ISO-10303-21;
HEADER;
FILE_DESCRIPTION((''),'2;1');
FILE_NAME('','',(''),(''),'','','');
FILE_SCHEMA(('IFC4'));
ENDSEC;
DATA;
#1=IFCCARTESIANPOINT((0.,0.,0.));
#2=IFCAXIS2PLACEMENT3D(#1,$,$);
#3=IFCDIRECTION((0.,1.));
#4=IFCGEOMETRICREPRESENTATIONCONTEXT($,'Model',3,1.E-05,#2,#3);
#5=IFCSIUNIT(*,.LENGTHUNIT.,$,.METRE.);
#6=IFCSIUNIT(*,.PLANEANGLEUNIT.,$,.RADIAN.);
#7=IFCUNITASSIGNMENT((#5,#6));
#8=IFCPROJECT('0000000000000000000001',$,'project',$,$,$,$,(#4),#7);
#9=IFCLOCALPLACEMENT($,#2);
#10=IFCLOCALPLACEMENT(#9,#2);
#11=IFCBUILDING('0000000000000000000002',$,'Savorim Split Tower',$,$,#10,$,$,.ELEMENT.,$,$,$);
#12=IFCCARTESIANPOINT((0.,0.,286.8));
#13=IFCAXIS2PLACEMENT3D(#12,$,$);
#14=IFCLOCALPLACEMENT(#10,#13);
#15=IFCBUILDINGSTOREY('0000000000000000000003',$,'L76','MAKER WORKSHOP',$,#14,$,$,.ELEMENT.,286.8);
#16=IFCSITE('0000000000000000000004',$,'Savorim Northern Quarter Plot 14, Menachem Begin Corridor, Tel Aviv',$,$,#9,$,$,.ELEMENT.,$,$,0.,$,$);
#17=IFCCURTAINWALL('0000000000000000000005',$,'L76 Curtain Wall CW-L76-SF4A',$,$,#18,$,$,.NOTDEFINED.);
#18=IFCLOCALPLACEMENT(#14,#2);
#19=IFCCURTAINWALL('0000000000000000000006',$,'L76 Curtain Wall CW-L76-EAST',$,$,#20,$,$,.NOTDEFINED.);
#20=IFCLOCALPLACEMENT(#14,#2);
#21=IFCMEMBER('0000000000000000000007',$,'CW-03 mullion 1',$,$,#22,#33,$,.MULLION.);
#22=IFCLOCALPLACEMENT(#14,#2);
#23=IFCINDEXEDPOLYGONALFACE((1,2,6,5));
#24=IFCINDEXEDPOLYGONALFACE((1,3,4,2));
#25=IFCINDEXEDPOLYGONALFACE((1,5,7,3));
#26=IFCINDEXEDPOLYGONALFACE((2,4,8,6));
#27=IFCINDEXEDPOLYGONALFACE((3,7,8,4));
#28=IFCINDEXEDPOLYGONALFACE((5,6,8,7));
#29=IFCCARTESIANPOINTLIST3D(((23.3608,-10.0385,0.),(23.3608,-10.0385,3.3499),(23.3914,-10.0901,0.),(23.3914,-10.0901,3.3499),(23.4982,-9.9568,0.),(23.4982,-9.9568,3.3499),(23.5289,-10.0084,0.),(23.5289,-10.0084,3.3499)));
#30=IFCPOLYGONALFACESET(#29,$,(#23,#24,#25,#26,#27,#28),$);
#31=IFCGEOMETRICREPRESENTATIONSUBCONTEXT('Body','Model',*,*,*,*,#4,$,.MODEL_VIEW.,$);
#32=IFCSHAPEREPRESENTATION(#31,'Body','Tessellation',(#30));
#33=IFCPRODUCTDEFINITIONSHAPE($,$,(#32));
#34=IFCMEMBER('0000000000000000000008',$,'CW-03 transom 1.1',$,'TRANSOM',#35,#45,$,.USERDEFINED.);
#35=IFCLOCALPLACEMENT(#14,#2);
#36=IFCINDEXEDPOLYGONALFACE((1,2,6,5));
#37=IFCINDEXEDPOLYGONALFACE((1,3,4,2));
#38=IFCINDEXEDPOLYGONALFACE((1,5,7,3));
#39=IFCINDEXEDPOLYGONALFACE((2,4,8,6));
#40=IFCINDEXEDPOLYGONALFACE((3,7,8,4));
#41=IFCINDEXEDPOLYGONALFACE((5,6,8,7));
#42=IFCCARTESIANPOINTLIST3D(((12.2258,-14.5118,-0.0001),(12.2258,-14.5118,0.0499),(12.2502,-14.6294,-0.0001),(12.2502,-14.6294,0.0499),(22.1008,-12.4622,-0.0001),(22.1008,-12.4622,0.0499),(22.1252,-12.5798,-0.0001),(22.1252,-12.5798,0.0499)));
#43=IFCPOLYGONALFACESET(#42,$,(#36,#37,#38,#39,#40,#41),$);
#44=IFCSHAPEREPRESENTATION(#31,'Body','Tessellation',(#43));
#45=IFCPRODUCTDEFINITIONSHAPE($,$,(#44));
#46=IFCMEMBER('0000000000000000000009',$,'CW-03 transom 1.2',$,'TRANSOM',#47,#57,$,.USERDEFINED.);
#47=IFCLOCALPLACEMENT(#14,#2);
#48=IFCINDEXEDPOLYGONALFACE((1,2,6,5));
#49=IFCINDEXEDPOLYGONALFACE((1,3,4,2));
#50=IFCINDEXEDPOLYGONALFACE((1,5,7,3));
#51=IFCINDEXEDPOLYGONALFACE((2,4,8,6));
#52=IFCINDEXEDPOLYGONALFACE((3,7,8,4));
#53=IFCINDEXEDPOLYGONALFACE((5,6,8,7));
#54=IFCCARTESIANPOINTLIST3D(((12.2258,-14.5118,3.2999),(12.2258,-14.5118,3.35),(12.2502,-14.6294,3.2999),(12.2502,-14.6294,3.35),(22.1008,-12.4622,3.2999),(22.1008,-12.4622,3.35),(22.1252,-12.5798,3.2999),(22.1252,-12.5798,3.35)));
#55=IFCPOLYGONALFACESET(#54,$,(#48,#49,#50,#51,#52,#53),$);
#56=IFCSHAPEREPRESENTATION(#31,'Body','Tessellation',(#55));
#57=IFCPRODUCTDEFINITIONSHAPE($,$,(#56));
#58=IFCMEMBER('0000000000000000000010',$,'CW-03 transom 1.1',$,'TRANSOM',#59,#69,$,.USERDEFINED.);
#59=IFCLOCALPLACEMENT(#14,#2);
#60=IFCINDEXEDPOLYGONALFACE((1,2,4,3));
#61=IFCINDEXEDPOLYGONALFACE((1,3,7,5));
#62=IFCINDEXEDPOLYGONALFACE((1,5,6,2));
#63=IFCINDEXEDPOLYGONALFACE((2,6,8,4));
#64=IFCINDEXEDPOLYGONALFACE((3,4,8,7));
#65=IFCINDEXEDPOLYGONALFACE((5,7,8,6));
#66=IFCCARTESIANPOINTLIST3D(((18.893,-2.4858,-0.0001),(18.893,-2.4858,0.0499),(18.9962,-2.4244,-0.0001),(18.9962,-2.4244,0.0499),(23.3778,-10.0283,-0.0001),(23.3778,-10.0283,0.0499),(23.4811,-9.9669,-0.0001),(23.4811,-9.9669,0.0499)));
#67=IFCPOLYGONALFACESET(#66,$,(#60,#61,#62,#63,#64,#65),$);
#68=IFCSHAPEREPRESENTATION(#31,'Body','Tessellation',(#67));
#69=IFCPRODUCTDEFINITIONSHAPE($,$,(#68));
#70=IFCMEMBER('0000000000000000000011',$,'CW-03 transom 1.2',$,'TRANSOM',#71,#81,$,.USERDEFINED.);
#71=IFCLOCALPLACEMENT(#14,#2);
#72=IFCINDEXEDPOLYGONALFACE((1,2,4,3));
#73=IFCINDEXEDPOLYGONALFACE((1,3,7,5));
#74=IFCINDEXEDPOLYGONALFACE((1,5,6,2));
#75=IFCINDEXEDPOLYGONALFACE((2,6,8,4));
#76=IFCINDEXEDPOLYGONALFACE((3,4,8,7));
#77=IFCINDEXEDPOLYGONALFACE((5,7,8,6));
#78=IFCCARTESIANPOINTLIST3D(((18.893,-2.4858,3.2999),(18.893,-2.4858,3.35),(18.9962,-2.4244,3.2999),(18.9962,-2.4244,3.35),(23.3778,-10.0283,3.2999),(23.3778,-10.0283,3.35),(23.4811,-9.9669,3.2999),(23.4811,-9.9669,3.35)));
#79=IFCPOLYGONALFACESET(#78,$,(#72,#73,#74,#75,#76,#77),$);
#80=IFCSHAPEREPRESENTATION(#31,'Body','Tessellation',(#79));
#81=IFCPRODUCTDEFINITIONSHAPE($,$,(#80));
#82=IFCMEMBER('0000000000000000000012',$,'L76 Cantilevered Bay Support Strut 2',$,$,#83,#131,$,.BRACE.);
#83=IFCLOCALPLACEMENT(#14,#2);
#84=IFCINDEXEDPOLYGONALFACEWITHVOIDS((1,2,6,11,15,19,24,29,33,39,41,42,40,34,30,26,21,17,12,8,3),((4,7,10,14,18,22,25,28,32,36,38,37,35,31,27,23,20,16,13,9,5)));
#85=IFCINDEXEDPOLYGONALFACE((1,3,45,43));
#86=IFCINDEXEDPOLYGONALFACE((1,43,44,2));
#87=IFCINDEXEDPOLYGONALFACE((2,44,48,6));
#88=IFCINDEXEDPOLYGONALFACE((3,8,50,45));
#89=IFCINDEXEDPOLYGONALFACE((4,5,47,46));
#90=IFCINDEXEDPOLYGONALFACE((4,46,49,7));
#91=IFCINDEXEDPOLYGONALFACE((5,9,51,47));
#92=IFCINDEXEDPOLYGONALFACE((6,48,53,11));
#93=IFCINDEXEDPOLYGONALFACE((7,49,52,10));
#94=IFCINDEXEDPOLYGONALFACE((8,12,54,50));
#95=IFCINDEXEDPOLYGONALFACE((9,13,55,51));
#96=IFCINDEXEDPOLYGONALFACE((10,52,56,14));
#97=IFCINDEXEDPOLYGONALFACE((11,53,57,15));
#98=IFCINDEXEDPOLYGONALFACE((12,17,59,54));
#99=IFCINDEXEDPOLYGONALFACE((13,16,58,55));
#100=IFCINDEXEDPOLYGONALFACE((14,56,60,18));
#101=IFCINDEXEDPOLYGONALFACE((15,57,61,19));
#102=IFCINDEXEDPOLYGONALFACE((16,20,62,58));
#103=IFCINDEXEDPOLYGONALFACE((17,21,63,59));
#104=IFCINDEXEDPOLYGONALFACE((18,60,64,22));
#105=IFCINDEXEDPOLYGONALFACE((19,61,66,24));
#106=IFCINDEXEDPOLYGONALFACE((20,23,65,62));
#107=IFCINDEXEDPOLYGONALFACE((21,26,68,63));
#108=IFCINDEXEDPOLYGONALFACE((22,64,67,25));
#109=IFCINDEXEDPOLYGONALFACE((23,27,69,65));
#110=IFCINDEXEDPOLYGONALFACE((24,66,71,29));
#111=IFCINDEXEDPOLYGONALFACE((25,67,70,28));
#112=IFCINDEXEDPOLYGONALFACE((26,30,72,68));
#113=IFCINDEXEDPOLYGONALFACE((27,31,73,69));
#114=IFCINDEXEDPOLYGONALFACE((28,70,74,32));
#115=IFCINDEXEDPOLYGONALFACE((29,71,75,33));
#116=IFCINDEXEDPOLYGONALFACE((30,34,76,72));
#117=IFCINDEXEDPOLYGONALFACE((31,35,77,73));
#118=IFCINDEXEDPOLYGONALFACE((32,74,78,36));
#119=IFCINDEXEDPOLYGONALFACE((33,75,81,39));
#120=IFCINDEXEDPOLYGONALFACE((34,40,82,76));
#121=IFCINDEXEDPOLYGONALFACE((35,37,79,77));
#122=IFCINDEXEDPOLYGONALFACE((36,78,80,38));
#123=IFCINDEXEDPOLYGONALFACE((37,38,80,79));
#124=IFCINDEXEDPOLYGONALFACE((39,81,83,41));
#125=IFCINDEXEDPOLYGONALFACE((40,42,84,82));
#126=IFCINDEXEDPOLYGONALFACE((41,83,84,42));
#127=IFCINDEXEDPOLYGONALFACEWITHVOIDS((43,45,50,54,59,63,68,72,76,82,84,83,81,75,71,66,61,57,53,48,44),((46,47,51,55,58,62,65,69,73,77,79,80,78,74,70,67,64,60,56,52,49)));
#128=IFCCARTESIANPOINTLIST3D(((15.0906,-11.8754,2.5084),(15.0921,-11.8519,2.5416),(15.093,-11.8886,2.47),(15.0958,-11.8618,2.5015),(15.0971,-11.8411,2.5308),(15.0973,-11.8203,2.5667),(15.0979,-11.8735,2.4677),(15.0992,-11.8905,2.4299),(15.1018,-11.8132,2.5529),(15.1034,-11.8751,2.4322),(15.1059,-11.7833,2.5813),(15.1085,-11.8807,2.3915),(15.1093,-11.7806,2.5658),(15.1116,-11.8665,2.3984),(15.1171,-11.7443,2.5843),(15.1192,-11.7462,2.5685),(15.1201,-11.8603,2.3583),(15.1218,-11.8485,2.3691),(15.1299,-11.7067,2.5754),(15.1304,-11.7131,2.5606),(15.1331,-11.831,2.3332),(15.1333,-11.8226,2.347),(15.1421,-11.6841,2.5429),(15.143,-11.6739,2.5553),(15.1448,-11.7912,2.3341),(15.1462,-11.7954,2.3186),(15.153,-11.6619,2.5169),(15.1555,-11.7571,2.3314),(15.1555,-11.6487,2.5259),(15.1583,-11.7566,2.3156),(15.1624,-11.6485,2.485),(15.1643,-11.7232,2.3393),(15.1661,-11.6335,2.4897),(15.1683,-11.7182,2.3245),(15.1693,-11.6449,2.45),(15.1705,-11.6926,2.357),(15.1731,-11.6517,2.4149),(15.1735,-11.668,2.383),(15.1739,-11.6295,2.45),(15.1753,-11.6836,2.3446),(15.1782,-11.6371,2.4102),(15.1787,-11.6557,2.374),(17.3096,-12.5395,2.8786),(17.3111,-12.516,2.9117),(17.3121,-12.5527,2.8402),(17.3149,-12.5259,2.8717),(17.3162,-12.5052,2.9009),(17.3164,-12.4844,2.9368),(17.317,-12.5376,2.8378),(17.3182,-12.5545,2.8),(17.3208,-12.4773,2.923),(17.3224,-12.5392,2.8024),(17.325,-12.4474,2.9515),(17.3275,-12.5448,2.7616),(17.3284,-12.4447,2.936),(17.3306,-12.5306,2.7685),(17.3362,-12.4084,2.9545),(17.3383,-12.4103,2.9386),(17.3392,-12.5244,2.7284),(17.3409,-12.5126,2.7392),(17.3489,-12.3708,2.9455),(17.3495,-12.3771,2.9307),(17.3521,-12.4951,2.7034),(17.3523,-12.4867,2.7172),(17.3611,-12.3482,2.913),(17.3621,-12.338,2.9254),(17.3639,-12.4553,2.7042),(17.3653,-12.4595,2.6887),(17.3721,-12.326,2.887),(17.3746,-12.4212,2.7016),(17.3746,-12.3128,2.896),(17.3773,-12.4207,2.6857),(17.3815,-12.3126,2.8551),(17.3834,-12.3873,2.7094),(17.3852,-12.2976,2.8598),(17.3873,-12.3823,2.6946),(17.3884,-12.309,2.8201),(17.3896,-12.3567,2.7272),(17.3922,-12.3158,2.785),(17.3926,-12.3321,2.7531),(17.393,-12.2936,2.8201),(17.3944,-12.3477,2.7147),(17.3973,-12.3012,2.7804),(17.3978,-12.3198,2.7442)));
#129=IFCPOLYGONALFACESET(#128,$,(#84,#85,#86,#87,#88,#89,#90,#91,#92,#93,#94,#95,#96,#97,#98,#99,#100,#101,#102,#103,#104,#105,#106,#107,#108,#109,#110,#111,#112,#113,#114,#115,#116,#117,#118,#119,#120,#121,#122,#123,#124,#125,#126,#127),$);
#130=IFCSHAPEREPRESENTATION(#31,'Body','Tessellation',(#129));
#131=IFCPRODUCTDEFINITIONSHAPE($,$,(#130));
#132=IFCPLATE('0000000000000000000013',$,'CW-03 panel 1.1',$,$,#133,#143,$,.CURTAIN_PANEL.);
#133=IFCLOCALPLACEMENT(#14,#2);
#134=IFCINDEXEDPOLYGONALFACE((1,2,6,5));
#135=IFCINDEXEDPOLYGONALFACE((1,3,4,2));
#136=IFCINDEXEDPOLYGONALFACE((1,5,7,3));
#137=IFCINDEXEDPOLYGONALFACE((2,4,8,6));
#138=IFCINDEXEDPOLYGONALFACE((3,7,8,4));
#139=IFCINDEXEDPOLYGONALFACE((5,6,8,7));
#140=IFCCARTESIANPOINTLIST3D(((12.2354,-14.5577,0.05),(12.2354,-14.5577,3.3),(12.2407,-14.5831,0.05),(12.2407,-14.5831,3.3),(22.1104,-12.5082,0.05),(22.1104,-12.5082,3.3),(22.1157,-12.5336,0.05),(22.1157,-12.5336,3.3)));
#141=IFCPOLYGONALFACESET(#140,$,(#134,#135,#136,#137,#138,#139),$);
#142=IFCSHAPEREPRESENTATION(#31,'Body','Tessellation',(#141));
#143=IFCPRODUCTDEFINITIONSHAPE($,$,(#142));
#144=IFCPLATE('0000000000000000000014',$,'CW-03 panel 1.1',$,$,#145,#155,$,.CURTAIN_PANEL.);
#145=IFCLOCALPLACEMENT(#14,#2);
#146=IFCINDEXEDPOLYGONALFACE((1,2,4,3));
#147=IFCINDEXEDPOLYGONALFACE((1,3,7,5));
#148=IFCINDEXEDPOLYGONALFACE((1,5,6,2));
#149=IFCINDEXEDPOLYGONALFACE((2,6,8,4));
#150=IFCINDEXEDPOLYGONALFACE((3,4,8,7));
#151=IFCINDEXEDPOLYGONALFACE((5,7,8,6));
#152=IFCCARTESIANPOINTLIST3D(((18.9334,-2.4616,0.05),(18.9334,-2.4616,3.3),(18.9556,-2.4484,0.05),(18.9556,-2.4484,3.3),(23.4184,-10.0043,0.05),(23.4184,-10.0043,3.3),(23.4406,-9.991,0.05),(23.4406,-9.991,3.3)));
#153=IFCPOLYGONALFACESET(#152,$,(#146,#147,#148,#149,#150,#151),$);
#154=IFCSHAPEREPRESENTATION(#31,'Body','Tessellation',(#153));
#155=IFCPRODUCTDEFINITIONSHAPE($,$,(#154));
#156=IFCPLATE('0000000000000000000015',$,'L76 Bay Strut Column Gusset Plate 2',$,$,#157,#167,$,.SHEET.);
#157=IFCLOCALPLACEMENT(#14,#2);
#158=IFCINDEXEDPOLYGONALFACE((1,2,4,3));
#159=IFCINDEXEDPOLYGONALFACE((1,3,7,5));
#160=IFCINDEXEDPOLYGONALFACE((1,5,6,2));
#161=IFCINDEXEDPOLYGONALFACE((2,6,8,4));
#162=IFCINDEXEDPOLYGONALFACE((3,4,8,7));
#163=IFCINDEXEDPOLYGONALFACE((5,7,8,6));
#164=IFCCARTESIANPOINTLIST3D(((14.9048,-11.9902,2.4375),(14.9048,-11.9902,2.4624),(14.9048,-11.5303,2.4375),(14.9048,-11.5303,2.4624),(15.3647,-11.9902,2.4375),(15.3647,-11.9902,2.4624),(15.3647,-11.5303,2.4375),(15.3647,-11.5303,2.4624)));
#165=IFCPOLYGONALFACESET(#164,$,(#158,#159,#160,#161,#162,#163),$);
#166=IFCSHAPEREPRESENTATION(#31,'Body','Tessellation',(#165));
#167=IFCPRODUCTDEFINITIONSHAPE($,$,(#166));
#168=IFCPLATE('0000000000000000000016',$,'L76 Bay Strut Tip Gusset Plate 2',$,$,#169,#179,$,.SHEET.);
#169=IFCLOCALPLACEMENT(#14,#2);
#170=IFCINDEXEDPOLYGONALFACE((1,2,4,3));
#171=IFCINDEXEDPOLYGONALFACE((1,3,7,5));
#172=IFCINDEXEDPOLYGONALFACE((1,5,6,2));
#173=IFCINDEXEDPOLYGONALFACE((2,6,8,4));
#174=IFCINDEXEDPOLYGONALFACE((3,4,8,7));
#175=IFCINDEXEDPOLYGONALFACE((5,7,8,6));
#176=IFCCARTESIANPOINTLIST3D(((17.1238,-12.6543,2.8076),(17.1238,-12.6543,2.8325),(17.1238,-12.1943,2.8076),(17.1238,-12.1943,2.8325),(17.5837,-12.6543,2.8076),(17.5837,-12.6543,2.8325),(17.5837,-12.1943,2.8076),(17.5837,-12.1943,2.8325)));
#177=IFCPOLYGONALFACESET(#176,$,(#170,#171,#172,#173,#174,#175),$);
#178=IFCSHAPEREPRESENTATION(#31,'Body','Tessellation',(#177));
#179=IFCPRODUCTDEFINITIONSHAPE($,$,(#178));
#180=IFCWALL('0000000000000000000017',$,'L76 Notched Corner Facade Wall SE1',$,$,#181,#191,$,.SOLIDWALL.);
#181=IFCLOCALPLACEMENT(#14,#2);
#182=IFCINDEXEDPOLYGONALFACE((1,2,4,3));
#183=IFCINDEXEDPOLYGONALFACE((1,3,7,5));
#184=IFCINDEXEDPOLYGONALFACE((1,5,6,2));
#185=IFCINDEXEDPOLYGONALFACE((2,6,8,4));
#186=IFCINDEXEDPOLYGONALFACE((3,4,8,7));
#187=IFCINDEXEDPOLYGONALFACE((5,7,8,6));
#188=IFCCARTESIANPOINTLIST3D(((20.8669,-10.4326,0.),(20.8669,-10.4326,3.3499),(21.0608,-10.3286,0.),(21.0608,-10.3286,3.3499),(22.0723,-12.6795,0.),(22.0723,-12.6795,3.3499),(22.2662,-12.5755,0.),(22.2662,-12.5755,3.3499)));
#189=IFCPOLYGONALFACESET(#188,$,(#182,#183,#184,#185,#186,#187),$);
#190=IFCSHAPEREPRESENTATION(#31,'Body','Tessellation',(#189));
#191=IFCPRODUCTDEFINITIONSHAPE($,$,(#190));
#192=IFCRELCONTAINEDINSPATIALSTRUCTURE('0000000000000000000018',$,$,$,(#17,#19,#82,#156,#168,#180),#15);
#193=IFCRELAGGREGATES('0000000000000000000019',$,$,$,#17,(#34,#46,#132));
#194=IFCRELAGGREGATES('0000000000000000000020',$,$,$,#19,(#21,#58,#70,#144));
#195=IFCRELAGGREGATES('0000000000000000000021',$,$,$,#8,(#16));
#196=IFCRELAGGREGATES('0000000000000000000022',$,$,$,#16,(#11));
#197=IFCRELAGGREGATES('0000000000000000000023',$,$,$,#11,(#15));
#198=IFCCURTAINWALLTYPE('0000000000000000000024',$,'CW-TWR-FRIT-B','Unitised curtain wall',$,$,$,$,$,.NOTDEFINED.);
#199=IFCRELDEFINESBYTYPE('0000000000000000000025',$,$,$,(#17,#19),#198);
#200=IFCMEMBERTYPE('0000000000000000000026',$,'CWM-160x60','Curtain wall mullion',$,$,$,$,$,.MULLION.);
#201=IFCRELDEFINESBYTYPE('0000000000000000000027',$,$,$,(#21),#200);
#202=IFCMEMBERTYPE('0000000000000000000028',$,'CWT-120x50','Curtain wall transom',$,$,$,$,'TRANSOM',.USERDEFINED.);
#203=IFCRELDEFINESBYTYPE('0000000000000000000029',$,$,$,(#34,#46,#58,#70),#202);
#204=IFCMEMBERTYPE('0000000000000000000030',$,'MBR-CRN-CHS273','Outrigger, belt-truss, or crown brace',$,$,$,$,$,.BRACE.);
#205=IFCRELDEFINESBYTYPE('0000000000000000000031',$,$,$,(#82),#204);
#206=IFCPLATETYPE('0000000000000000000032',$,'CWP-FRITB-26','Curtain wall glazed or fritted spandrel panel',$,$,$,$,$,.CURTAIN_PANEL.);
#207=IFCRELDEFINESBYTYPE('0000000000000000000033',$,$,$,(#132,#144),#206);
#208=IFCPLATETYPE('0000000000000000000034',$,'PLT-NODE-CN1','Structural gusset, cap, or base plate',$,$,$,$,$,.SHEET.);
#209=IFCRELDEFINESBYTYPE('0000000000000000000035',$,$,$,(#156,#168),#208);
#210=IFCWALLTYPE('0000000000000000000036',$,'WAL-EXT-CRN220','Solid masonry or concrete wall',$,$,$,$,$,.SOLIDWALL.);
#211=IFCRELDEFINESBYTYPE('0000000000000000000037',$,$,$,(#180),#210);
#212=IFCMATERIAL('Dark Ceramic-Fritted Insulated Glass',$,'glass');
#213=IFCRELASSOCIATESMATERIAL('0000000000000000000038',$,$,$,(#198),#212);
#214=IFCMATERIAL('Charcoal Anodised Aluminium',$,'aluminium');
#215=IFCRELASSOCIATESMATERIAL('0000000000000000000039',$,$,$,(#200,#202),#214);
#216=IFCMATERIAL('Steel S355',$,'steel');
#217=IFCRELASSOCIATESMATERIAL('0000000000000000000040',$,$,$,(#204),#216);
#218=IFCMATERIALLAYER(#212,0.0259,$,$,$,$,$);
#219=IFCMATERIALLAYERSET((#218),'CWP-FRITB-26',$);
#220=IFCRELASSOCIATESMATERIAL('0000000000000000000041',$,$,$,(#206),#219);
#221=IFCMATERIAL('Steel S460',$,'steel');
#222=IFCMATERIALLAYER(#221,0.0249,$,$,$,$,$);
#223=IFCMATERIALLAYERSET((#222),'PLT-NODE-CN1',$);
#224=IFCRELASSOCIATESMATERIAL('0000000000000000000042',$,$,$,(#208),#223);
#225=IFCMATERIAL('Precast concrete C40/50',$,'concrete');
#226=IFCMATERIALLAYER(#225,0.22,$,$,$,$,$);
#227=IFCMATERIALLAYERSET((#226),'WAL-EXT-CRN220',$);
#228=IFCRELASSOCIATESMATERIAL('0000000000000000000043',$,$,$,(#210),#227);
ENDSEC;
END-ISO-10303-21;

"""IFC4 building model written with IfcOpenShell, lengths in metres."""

from ifc_helpers import new_model, si_unit, direction, frame, frame_2d, origin, origin_2d, place, context, subcontext, project, spatial, rectangle, hollow_circle, extrude, material, layer, layer_set, material_profile, profile_set, type_object, element, aggregate, save


model = new_model("IFC4")

# Units and contexts
model_context = context("Model", 3, precision=1e-05, world=origin(), true_north=direction((0.0, 1.0)))
body_context = subcontext(model_context, "Body", "Model", "MODEL_VIEW")
ifc_project = project(units=[si_unit("LENGTHUNIT", "METRE"), si_unit("PLANEANGLEUNIT", "RADIAN")], contexts=[model_context])

# Site, building, storey
site_placement = place(None, origin())
site = spatial("IfcSite", under=ifc_project, at=site_placement, Name="Savorim Northern Quarter Plot 14, Menachem Begin Corridor, Tel Aviv", CompositionType="ELEMENT", RefElevation=0.0)
building_placement = place(site_placement, origin())
building = spatial("IfcBuilding", under=site, at=building_placement, Name="Savorim Split Tower", CompositionType="ELEMENT")
storey_placement = place(building_placement, frame((0.0, 0.0, 286.8)))
storey = spatial("IfcBuildingStorey", under=building, at=storey_placement, Name="L76", Description="MAKER WORKSHOP", CompositionType="ELEMENT", Elevation=286.8)

# Shared definitions
ifc_material_1 = material(Name="Steel S355", Category="steel")

# Shared definitions
ifc_material_2 = material(Name="Dark Ceramic-Fritted Insulated Glass", Category="glass")
curtain_wall_type = type_object("IfcCurtainWallType", Name="CW-TWR-FRIT-B", Description="Unitised curtain wall", PredefinedType="NOTDEFINED", material=ifc_material_2)
ifc_material_3 = material(Name="Charcoal Anodised Aluminium", Category="aluminium")
ifc_material_profile_1 = material_profile(ifc_material_3, rectangle(XDim=0.1599, YDim=0.0601, at=origin_2d()), Name="ALU-M 160x60")
ifc_profile_set_1 = profile_set([ifc_material_profile_1], Name="Charcoal Anodised Aluminium")
member_type_1 = type_object("IfcMemberType", Name="CWM-160x60", Description="Curtain wall mullion", PredefinedType="MULLION", material=ifc_profile_set_1)

# Curtain wall
curtain_wall_1_placement = place(storey_placement, origin())
curtain_wall_1 = element("IfcCurtainWall", 1, at=curtain_wall_1_placement, inside=storey, type_object=curtain_wall_type, Name="L76 Curtain Wall CW-L76-SF4A", PredefinedType="NOTDEFINED")

# Curtain wall, member
curtain_wall_2_placement = place(storey_placement, origin())
curtain_wall_2 = element("IfcCurtainWall", 2, at=curtain_wall_2_placement, inside=storey, type_object=curtain_wall_type, Name="L76 Curtain Wall CW-L76-EAST", PredefinedType="NOTDEFINED")
member_1_placement = place(storey_placement, frame((23.4448, -10.0234, 0.0), z_axis=(0.0, 0.0, 1.0), x_axis=(-0.859526, -0.511092, 0.0)))
member_1 = element("IfcMember", 3, at=member_1_placement, type_object=member_type_1, Name="CW-03 mullion 1", PredefinedType="MULLION", context=body_context, shape_type="SweptSolid", body=[
    extrude(rectangle(XDim=0.1599, YDim=0.0601, at=origin_2d()), origin(), (0.0, 0.0, 1.0), 3.3499),
])

# Members
ifc_material_profile_2 = material_profile(ifc_material_3, rectangle(XDim=0.1201, YDim=0.05, at=origin_2d()), Name="ALU-T 120x50")
ifc_profile_set_2 = profile_set([ifc_material_profile_2], Name="Charcoal Anodised Aluminium")
member_type_2 = type_object("IfcMemberType", Name="CWT-120x50", Description="Curtain wall transom", ElementType="TRANSOM", PredefinedType="USERDEFINED", material=ifc_profile_set_2)
member_2_placement = place(storey_placement, frame((12.238, -14.5706, 0.0249), z_axis=(0.979133, 0.20322, 0.0), x_axis=(-0.20322, 0.979133, 0.0)))
member_2 = element("IfcMember", 4, at=member_2_placement, type_object=member_type_2, Name="CW-03 transom 1.1", ObjectType="TRANSOM", PredefinedType="USERDEFINED", context=body_context, shape_type="SweptSolid", body=[
    extrude(rectangle(XDim=0.1201, YDim=0.05, at=origin_2d()), origin(), (0.0, 0.0, 1.0), 10.0854),
])
member_3_placement = place(storey_placement, frame((12.238, -14.5706, 3.325), z_axis=(0.979133, 0.20322, 0.0), x_axis=(-0.20322, 0.979133, 0.0)))
member_3 = element("IfcMember", 5, at=member_3_placement, type_object=member_type_2, Name="CW-03 transom 1.2", ObjectType="TRANSOM", PredefinedType="USERDEFINED", context=body_context, shape_type="SweptSolid", body=[
    extrude(rectangle(XDim=0.1201, YDim=0.05, at=origin_2d()), origin(), (0.0, 0.0, 1.0), 10.0854),
])
member_4_placement = place(storey_placement, frame((23.4294, -9.9976, 0.0249), z_axis=(-0.511088, 0.859529, 0.0), x_axis=(-0.859529, -0.511088, 0.0)))
member_4 = element("IfcMember", 6, at=member_4_placement, type_object=member_type_2, Name="CW-03 transom 1.1", ObjectType="TRANSOM", PredefinedType="USERDEFINED", context=body_context, shape_type="SweptSolid", body=[
    extrude(rectangle(XDim=0.1201, YDim=0.05, at=origin_2d()), origin(), (0.0, 0.0, 1.0), 8.7751),
])
member_5_placement = place(storey_placement, frame((23.4294, -9.9976, 3.325), z_axis=(-0.511088, 0.859529, 0.0), x_axis=(-0.859529, -0.511088, 0.0)))
member_5 = element("IfcMember", 7, at=member_5_placement, type_object=member_type_2, Name="CW-03 transom 1.2", ObjectType="TRANSOM", PredefinedType="USERDEFINED", context=body_context, shape_type="SweptSolid", body=[
    extrude(rectangle(XDim=0.1201, YDim=0.05, at=origin_2d()), origin(), (0.0, 0.0, 1.0), 8.7751),
])
ifc_material_profile_3 = material_profile(ifc_material_1, hollow_circle(Radius=0.1365, WallThickness=0.0161, at=origin_2d()), Name="CHS 273x16")
ifc_profile_set_3 = profile_set([ifc_material_profile_3], Name="Steel S355")
member_type_3 = type_object("IfcMemberType", Name="MBR-CRN-CHS273", Description="Outrigger, belt-truss, or crown brace", PredefinedType="BRACE", material=ifc_profile_set_3)
member_6_placement = place(storey_placement, frame((15.1348, -11.7603, 2.45), z_axis=(0.946019, -0.283108, 0.157791), x_axis=(0.2867, 0.95802, 0.0)))
element("IfcMember", 8, at=member_6_placement, inside=storey, type_object=member_type_3, Name="L76 Cantilevered Bay Support Strut 2", PredefinedType="BRACE", context=body_context, shape_type="SweptSolid", body=[
    extrude(hollow_circle(Radius=0.1365, WallThickness=0.0161, at=origin_2d()), origin(), (0.0, 0.0, 1.0), 2.3457),
])

# Plates
ifc_layer_1 = layer(ifc_material_2, 0.0259)
ifc_layer_set_1 = layer_set([ifc_layer_1], Name="CWP-FRITB-26")
plate_type_1 = type_object("IfcPlateType", Name="CWP-FRITB-26", Description="Curtain wall glazed or fritted spandrel panel", PredefinedType="CURTAIN_PANEL", material=ifc_layer_set_1)
plate_1_placement = place(storey_placement, frame((17.1755, -13.5457, 0.05), z_axis=(0.0, 0.0, 1.0), x_axis=(0.979134, 0.203215, 0.0)))
plate_1 = element("IfcPlate", 9, at=plate_1_placement, type_object=plate_type_1, Name="CW-03 panel 1.1", PredefinedType="CURTAIN_PANEL", context=body_context, shape_type="SweptSolid", body=[
    extrude(rectangle(XDim=10.0854, YDim=0.0259, at=origin_2d()), origin(), (0.0, 0.0, 1.0), 3.25),
])
aggregate(curtain_wall_1, [member_2, member_3, plate_1])
plate_2_placement = place(storey_placement, frame((21.187, -6.2263, 0.05), z_axis=(0.0, 0.0, 1.0), x_axis=(-0.511092, 0.859526, 0.0)))
plate_2 = element("IfcPlate", 10, at=plate_2_placement, type_object=plate_type_1, Name="CW-03 panel 1.1", PredefinedType="CURTAIN_PANEL", context=body_context, shape_type="SweptSolid", body=[
    extrude(rectangle(XDim=8.7754, YDim=0.0259, at=origin_2d()), origin(), (0.0, 0.0, 1.0), 3.25),
])
aggregate(curtain_wall_2, [member_1, member_4, member_5, plate_2])

# Plates
ifc_material_4 = material(Name="Steel S460", Category="steel")
ifc_layer_2 = layer(ifc_material_4, 0.0249)
ifc_layer_set_2 = layer_set([ifc_layer_2], Name="PLT-NODE-CN1")
plate_type_2 = type_object("IfcPlateType", Name="PLT-NODE-CN1", Description="Structural gusset, cap, or base plate", PredefinedType="SHEET", material=ifc_layer_set_2)
for number, where, z_axis, x_axis, name in (
    (11, (15.1348, -11.7603, 2.4375), (0.0, 0.0, 1.0), (1.0, 0.0, 0.0), "L76 Bay Strut Column Gusset Plate 2"),
    (12, (17.3538, -12.4243, 2.8076), (0.0, 0.0, 1.0), (1.0, 0.0, 0.0), "L76 Bay Strut Tip Gusset Plate 2"),
):
    element("IfcPlate", number, at=place(storey_placement, frame(where, z_axis=z_axis, x_axis=x_axis)), inside=storey, type_object=plate_type_2, Name=name, PredefinedType="SHEET", context=body_context, shape_type="SweptSolid", body=[
        extrude(rectangle(XDim=0.46, YDim=0.46, at=origin_2d()), origin(), (0.0, 0.0, 1.0), 0.0249),
    ])

# Wall
ifc_material_5 = material(Name="Precast concrete C40/50", Category="concrete")
ifc_layer_3 = layer(ifc_material_5, 0.22)
ifc_layer_set_3 = layer_set([ifc_layer_3], Name="WAL-EXT-CRN220")
wall_type_1 = type_object("IfcWallType", Name="WAL-EXT-CRN220", Description="Solid masonry or concrete wall", PredefinedType="SOLIDWALL", material=ifc_layer_set_3)
wall_1_placement = place(storey_placement, frame((20.9639, -10.3806, 0.0), z_axis=(0.0, 0.0, 1.0), x_axis=(0.472729, -0.881208, 0.0)))
element("IfcWall", 13, at=wall_1_placement, inside=storey, type_object=wall_type_1, Name="L76 Notched Corner Facade Wall SE1", PredefinedType="SOLIDWALL", context=body_context, shape_type="SweptSolid", body=[
    extrude(rectangle(XDim=2.5498, YDim=0.22, at=frame_2d((1.2749, 0.0))), origin(), (0.0, 0.0, 1.0), 3.3499),
])

save(model, "model.ifc")
